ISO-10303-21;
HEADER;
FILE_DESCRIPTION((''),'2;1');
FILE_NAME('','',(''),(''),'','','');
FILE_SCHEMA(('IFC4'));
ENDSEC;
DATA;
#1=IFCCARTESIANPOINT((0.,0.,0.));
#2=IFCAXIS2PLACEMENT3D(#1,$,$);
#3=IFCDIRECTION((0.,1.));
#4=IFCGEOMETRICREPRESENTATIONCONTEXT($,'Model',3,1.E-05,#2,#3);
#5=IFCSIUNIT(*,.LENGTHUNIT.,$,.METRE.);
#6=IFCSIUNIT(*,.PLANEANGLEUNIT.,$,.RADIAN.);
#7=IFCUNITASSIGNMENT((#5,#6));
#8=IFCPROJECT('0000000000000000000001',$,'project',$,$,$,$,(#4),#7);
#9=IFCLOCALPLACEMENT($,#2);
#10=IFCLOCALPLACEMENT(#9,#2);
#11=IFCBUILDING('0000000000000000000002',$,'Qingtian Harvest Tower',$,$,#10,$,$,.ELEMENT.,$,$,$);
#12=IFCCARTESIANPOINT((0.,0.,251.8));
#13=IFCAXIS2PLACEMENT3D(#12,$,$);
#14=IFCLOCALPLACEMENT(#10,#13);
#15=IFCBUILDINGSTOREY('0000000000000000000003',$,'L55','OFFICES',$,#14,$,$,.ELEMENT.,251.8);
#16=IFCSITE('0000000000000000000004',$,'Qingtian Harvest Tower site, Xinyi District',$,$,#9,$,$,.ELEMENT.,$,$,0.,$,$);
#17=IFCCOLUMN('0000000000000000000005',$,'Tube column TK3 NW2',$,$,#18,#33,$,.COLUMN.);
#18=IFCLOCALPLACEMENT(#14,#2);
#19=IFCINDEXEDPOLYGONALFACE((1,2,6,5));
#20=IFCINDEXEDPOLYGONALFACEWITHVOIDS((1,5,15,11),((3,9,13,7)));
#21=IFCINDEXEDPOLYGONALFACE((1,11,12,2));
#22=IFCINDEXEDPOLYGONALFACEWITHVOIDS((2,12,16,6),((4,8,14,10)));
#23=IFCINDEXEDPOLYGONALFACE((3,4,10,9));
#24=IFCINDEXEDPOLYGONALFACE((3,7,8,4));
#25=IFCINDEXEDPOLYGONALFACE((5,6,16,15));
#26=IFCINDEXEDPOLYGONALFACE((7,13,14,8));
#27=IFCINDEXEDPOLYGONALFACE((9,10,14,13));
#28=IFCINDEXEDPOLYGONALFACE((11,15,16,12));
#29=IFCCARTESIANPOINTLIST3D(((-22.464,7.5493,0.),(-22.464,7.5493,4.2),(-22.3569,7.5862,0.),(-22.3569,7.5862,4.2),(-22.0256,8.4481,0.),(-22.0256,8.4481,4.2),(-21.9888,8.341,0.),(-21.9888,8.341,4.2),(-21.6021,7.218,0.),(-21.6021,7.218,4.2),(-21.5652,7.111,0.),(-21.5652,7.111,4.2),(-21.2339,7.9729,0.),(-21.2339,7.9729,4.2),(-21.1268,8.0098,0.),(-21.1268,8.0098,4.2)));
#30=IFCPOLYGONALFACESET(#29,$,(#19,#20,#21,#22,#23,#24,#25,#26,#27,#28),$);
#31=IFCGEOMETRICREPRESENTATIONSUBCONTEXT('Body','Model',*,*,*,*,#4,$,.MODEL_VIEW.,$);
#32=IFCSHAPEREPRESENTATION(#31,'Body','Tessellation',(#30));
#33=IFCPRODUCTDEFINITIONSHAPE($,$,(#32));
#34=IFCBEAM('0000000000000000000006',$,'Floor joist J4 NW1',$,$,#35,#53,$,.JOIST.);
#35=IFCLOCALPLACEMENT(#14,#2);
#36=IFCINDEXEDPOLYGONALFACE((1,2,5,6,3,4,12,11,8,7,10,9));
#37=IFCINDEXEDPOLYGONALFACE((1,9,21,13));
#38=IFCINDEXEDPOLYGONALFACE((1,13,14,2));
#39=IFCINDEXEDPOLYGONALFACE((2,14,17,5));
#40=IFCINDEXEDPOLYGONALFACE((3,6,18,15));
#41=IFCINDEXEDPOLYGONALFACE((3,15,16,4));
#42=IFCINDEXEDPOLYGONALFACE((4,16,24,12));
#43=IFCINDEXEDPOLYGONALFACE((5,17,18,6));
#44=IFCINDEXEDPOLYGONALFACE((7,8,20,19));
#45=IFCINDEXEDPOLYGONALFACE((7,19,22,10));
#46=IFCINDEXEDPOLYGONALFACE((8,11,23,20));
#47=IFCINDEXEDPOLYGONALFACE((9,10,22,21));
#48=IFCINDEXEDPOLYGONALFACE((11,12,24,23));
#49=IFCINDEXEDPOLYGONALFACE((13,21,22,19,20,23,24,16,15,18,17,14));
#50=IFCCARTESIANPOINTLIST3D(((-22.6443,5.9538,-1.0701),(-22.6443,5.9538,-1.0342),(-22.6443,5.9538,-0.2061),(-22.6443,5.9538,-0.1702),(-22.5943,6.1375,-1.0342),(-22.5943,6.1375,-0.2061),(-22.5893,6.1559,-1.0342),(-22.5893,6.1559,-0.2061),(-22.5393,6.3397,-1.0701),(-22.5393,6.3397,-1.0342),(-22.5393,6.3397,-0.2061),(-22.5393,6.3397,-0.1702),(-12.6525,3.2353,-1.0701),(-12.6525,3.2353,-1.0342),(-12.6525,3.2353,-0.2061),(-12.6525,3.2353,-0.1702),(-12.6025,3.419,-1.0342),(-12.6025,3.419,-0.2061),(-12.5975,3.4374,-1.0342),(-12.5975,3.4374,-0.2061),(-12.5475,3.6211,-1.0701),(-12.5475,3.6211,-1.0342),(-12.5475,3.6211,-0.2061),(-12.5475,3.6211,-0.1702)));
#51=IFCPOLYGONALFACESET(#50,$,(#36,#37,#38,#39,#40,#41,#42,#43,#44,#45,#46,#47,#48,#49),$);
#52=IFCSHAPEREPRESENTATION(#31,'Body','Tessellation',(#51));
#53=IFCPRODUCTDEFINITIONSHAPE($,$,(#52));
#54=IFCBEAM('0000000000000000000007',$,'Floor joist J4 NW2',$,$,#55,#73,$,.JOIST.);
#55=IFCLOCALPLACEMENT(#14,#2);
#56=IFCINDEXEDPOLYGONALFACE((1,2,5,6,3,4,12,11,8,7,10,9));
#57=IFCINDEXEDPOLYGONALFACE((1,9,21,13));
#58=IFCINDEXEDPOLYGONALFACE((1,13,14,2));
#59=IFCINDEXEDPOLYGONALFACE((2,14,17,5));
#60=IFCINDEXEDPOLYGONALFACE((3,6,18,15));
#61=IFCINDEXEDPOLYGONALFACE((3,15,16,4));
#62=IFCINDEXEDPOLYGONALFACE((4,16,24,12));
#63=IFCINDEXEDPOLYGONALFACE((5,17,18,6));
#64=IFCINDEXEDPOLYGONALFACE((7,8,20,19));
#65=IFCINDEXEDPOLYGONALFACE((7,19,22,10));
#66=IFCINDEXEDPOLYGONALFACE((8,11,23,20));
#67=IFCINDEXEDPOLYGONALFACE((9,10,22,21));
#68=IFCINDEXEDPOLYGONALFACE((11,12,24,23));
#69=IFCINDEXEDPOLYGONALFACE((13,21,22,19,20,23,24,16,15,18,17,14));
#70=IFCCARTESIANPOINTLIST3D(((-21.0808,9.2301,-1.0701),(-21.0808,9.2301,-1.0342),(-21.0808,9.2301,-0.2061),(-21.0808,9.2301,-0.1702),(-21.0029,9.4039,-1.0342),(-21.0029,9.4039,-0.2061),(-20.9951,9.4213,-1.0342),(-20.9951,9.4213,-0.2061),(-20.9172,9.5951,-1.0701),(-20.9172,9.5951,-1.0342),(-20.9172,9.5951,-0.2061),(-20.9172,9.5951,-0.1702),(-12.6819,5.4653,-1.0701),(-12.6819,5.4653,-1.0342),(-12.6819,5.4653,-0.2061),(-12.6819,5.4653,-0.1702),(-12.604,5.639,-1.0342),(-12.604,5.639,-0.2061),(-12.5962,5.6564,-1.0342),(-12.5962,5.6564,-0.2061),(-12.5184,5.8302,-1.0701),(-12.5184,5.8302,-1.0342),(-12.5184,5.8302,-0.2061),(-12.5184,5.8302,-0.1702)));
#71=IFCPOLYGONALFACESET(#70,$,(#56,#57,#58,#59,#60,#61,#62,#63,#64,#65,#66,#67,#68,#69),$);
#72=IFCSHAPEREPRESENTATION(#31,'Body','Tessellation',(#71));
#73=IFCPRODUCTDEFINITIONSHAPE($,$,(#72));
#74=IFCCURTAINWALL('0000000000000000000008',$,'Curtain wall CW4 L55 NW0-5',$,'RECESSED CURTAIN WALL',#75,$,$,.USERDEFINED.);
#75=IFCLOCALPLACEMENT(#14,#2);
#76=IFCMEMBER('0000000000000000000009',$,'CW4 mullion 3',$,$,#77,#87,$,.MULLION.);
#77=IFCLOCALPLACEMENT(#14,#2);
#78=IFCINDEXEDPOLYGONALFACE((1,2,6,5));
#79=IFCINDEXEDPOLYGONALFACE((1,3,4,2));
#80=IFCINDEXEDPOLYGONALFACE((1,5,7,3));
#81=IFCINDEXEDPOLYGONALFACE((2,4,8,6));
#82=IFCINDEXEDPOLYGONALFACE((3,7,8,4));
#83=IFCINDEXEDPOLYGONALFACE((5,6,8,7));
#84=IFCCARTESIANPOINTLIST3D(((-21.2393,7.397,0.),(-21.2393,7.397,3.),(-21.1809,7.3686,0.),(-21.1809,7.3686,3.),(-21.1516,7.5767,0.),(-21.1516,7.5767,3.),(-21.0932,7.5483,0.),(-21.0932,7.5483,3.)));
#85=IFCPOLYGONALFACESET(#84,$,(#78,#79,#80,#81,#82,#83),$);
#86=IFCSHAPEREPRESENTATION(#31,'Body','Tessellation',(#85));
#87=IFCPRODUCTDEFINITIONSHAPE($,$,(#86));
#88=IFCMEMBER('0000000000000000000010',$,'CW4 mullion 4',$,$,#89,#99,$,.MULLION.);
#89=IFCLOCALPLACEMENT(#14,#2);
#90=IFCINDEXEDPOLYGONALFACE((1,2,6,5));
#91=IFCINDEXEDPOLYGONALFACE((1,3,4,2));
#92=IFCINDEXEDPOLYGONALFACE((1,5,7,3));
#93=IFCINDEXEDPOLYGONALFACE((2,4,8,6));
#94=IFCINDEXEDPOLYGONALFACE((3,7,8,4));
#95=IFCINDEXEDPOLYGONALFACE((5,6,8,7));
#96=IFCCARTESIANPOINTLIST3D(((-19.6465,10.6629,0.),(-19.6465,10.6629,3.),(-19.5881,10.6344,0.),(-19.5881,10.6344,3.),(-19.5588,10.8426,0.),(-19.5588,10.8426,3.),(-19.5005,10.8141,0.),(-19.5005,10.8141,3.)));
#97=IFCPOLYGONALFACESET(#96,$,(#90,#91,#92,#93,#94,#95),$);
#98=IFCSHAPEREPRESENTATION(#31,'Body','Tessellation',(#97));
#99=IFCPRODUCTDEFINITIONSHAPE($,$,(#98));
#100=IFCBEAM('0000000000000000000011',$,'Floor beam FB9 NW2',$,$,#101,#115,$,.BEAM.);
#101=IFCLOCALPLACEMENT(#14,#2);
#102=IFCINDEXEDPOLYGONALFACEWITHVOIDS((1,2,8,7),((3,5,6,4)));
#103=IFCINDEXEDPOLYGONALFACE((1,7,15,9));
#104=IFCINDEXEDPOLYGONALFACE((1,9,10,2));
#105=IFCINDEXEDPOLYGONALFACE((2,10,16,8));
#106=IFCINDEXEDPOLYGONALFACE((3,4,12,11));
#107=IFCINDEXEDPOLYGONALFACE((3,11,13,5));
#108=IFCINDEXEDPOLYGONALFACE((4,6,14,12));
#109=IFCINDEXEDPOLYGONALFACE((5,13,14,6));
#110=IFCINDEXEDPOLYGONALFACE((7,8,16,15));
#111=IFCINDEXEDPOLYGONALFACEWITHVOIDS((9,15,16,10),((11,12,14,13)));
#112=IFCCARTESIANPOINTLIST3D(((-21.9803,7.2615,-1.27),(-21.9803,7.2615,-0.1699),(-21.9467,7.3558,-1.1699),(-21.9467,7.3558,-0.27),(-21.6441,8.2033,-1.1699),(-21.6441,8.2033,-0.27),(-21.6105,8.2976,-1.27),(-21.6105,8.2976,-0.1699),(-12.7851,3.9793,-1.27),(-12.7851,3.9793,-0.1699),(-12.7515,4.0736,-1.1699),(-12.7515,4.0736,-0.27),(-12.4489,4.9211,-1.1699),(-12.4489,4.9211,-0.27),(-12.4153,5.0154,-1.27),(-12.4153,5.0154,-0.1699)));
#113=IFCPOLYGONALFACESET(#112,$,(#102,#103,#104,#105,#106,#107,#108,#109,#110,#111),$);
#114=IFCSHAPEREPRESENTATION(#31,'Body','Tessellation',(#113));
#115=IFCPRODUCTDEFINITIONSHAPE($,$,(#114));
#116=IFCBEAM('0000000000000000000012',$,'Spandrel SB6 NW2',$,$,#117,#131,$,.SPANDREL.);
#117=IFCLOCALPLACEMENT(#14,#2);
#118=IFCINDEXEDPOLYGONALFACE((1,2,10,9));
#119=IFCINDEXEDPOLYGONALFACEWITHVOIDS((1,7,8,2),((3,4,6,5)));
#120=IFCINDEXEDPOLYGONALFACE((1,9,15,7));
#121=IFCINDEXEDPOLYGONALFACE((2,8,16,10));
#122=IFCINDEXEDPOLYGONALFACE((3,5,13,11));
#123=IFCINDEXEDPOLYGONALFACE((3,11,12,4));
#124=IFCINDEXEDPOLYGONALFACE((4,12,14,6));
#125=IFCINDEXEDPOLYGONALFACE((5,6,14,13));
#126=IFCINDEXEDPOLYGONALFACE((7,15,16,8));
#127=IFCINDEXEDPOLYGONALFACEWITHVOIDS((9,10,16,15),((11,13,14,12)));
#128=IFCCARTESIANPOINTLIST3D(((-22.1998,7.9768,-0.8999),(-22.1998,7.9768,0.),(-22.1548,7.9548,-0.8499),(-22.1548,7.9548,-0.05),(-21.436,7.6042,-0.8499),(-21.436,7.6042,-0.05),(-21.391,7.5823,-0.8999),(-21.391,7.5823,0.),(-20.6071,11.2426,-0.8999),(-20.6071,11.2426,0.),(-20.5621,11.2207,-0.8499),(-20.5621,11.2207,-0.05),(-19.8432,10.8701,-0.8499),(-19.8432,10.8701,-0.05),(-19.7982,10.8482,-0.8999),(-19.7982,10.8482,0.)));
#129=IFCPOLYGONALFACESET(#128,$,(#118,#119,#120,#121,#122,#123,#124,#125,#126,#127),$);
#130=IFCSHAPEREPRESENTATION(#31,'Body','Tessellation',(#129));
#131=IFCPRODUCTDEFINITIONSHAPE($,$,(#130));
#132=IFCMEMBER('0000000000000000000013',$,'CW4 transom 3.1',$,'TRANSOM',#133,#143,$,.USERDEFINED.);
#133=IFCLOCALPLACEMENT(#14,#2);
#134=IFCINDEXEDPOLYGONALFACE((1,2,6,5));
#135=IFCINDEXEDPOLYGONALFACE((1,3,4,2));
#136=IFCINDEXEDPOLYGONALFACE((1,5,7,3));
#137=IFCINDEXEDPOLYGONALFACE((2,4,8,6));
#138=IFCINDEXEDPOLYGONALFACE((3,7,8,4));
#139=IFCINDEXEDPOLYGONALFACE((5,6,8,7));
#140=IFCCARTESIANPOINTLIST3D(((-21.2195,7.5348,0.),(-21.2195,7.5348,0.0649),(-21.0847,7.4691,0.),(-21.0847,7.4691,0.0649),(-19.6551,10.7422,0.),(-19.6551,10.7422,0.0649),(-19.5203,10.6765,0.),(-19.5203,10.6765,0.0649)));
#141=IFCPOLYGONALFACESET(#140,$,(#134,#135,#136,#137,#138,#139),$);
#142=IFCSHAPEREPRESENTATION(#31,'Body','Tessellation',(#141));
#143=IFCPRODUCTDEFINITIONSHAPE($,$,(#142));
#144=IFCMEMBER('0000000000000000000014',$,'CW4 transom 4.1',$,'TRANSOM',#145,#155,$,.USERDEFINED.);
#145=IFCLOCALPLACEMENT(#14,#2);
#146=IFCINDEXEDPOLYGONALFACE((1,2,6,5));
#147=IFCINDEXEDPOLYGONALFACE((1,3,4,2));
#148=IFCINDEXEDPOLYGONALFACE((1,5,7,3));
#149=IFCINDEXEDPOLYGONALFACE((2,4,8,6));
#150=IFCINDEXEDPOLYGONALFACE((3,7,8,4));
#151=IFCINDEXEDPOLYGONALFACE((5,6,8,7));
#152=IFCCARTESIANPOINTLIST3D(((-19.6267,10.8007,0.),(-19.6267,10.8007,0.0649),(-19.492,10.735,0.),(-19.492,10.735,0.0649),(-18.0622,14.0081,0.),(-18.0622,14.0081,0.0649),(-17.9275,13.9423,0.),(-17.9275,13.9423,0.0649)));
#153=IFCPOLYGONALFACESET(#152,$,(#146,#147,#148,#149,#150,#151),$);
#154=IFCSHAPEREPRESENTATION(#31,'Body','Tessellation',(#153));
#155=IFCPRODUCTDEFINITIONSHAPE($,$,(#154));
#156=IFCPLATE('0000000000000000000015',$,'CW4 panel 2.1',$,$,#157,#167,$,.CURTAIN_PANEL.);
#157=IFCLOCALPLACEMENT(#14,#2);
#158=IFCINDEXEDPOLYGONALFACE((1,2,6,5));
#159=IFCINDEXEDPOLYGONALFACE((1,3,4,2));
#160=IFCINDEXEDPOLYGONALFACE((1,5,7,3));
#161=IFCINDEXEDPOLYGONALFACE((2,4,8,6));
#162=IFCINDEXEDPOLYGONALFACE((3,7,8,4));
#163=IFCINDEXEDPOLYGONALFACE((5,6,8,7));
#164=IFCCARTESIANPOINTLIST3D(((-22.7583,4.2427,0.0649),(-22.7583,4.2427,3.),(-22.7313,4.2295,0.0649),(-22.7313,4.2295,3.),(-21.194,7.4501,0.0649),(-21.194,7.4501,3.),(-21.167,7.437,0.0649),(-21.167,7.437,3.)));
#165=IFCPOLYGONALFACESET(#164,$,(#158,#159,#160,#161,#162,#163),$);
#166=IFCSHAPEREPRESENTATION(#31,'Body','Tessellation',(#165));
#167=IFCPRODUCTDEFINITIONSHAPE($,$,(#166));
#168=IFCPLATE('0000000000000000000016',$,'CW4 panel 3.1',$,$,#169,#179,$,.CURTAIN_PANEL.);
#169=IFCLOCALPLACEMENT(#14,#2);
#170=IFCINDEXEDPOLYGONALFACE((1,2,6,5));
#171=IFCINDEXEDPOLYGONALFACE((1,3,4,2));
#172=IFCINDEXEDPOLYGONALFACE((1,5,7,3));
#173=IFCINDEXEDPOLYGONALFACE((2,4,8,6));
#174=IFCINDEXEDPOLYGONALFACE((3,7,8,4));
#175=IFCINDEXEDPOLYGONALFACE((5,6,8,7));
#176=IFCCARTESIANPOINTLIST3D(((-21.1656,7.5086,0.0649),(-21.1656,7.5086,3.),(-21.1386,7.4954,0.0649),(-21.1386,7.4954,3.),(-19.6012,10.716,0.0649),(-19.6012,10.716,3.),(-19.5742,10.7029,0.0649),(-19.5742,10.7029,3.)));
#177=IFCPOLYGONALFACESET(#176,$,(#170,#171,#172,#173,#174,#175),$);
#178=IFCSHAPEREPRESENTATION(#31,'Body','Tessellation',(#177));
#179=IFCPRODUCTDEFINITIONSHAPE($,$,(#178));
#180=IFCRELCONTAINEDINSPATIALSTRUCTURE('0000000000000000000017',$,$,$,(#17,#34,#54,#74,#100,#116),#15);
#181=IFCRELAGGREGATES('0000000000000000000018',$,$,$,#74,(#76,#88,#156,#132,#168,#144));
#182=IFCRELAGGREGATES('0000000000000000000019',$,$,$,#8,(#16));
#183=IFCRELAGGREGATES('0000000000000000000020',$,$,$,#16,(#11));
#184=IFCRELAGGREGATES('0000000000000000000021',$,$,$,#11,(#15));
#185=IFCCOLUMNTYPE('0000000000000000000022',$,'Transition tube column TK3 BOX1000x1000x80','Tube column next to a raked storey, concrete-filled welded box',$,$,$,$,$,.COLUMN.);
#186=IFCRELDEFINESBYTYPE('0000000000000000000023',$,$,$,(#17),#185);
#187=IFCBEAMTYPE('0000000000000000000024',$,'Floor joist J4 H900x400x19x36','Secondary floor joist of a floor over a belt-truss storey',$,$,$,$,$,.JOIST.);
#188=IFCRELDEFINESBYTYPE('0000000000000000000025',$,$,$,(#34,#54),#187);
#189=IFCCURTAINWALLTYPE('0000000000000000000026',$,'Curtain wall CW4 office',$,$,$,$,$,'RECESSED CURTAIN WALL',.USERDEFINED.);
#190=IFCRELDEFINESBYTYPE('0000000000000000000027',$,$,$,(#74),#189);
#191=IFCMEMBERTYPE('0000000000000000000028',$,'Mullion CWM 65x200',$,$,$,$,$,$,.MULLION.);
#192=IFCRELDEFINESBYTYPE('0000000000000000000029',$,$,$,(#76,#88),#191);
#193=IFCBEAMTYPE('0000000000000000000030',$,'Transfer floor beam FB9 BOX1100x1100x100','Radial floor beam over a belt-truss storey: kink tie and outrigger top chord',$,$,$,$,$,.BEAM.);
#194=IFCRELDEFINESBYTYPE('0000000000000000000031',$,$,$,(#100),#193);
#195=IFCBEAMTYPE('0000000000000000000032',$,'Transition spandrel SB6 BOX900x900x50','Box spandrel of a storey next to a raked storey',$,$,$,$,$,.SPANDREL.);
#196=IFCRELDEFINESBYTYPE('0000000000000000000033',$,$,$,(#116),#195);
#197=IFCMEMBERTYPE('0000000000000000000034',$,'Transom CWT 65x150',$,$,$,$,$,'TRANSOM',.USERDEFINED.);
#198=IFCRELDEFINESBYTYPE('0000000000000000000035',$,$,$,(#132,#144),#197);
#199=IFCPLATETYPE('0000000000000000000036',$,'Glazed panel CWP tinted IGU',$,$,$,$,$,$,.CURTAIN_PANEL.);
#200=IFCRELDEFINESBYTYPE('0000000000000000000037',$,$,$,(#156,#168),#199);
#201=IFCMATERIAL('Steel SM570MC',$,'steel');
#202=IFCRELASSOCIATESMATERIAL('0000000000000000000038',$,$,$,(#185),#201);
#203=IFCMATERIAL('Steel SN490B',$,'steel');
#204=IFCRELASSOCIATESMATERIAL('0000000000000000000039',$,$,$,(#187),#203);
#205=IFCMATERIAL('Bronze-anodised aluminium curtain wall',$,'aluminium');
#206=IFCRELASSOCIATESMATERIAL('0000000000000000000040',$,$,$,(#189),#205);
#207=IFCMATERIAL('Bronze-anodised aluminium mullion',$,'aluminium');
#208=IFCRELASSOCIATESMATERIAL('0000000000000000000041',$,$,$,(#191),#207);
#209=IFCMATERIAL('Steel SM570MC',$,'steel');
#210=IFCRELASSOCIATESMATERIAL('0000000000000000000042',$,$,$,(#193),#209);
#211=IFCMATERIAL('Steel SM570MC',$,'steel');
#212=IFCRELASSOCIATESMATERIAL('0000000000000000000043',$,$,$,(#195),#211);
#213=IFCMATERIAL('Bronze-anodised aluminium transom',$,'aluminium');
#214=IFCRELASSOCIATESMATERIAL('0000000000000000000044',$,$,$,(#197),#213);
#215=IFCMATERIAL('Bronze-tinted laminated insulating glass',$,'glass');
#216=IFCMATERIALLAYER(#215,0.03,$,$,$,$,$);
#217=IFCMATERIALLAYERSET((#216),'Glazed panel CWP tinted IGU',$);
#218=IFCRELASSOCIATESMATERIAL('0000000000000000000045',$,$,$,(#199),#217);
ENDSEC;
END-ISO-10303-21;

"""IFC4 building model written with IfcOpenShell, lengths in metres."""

from ifc_helpers import new_model, si_unit, direction, frame, origin, origin_2d, place, context, subcontext, project, spatial, rectangle, hollow_rectangle, i_section, extrude, material, layer, layer_set, material_profile, profile_set, type_object, element, aggregate, save


model = new_model("IFC4")

# Units and contexts
model_context = context("Model", 3, precision=1e-05, world=origin(), true_north=direction((0.0, 1.0)))
body_context = subcontext(model_context, "Body", "Model", "MODEL_VIEW")
ifc_project = project(units=[si_unit("LENGTHUNIT", "METRE"), si_unit("PLANEANGLEUNIT", "RADIAN")], contexts=[model_context])

# Site, building, storey
site_placement = place(None, origin())
site = spatial("IfcSite", under=ifc_project, at=site_placement, Name="Qingtian Harvest Tower site, Xinyi District", CompositionType="ELEMENT", RefElevation=0.0)
building_placement = place(site_placement, origin())
building = spatial("IfcBuilding", under=site, at=building_placement, Name="Qingtian Harvest Tower", CompositionType="ELEMENT")
storey_placement = place(building_placement, frame((0.0, 0.0, 251.8)))
storey = spatial("IfcBuildingStorey", under=building, at=storey_placement, Name="L55", Description="OFFICES", CompositionType="ELEMENT", Elevation=251.8)

# Column
ifc_material_1 = material(Name="Steel SM570MC", Category="steel")
ifc_material_profile_1 = material_profile(ifc_material_1, hollow_rectangle(XDim=1.0, YDim=1.0, WallThickness=0.0801, at=origin_2d()), Name="BOX1000x1000x80")
ifc_profile_set_1 = profile_set([ifc_material_profile_1], Name="Steel SM570MC")
column_type = type_object("IfcColumnType", Name="Transition tube column TK3 BOX1000x1000x80", Description="Tube column next to a raked storey, concrete-filled welded box", PredefinedType="COLUMN", material=ifc_profile_set_1)
column_placement = place(storey_placement, frame((-21.7954, 7.7795, 0.0), z_axis=(0.0, 0.0, 1.0), x_axis=(-0.438371, -0.898794, 0.0)))
element("IfcColumn", 1, at=column_placement, inside=storey, type_object=column_type, Name="Tube column TK3 NW2", PredefinedType="COLUMN", context=body_context, shape_type="SweptSolid", body=[
    extrude(hollow_rectangle(XDim=1.0, YDim=1.0, WallThickness=0.0801, at=origin_2d()), origin(), (0.0, 0.0, 1.0), 4.2),
])

# Beams
ifc_material_2 = material(Name="Steel SN490B", Category="steel")
ifc_material_profile_2 = material_profile(ifc_material_2, i_section(OverallWidth=0.3999, OverallDepth=0.8999, WebThickness=0.019, FlangeThickness=0.0359, at=origin_2d()), Name="H900x400x19x36")
ifc_profile_set_2 = profile_set([ifc_material_profile_2], Name="Steel SN490B")
beam_type_1 = type_object("IfcBeamType", Name="Floor joist J4 H900x400x19x36", Description="Secondary floor joist of a floor over a belt-truss storey", PredefinedType="JOIST", material=ifc_profile_set_2)
beam_1_placement = place(storey_placement, frame((-22.5918, 6.1467, -0.6201), z_axis=(0.964923, -0.262533, 0.0), x_axis=(0.262533, 0.964923, 0.0)))
element("IfcBeam", 2, at=beam_1_placement, inside=storey, type_object=beam_type_1, Name="Floor joist J4 NW1", PredefinedType="JOIST", context=body_context, shape_type="SweptSolid", body=[
    extrude(i_section(OverallWidth=0.3999, OverallDepth=0.8999, WebThickness=0.019, FlangeThickness=0.0359, at=origin_2d()), origin(), (0.0, 0.0, 1.0), 10.355),
])
beam_2_placement = place(storey_placement, frame((-20.999, 9.4126, -0.6201), z_axis=(0.912515, -0.409043, 0.0), x_axis=(0.409043, 0.912515, 0.0)))
element("IfcBeam", 3, at=beam_2_placement, inside=storey, type_object=beam_type_1, Name="Floor joist J4 NW2", PredefinedType="JOIST", context=body_context, shape_type="SweptSolid", body=[
    extrude(i_section(OverallWidth=0.3999, OverallDepth=0.8999, WebThickness=0.019, FlangeThickness=0.0359, at=origin_2d()), origin(), (0.0, 0.0, 1.0), 9.2041),
])

# Curtain wall, members
ifc_material_3 = material(Name="Bronze-anodised aluminium curtain wall", Category="aluminium")
curtain_wall_type = type_object("IfcCurtainWallType", Name="Curtain wall CW4 office", ElementType="RECESSED CURTAIN WALL", PredefinedType="USERDEFINED", material=ifc_material_3)
curtain_wall_placement = place(storey_placement, origin())
curtain_wall = element("IfcCurtainWall", 4, at=curtain_wall_placement, inside=storey, type_object=curtain_wall_type, Name="Curtain wall CW4 L55 NW0-5", ObjectType="RECESSED CURTAIN WALL", PredefinedType="USERDEFINED")
ifc_material_4 = material(Name="Bronze-anodised aluminium mullion", Category="aluminium")
ifc_material_profile_3 = material_profile(ifc_material_4, rectangle(XDim=0.0649, YDim=0.2, at=origin_2d()), Name="AL 65x200")
ifc_profile_set_3 = profile_set([ifc_material_profile_3], Name="Bronze-anodised aluminium mullion")
member_type_1 = type_object("IfcMemberType", Name="Mullion CWM 65x200", PredefinedType="MULLION", material=ifc_profile_set_3)
member_1_placement = place(storey_placement, frame((-21.1663, 7.4727, 0.0), z_axis=(0.0, 0.0, 1.0), x_axis=(-0.898794, 0.438371, 0.0)))
member_1 = element("IfcMember", 5, at=member_1_placement, type_object=member_type_1, Name="CW4 mullion 3", PredefinedType="MULLION", context=body_context, shape_type="SweptSolid", body=[
    extrude(rectangle(XDim=0.0649, YDim=0.2, at=origin_2d()), origin(), (0.0, 0.0, 1.0), 3.0),
])
member_2_placement = place(storey_placement, frame((-19.5735, 10.7385, 0.0), z_axis=(0.0, 0.0, 1.0), x_axis=(-0.898794, 0.438371, 0.0)))
member_2 = element("IfcMember", 6, at=member_2_placement, type_object=member_type_1, Name="CW4 mullion 4", PredefinedType="MULLION", context=body_context, shape_type="SweptSolid", body=[
    extrude(rectangle(XDim=0.0649, YDim=0.2, at=origin_2d()), origin(), (0.0, 0.0, 1.0), 3.0),
])

# Beams
ifc_material_5 = material(Name="Steel SM570MC", Category="steel")
ifc_material_profile_4 = material_profile(ifc_material_5, hollow_rectangle(XDim=1.1001, YDim=1.1001, WallThickness=0.1001, at=origin_2d()), Name="BOX1100x1100x100")
ifc_profile_set_4 = profile_set([ifc_material_profile_4], Name="Steel SM570MC")
beam_type_2 = type_object("IfcBeamType", Name="Transfer floor beam FB9 BOX1100x1100x100", Description="Radial floor beam over a belt-truss storey: kink tie and outrigger top chord", PredefinedType="BEAM", material=ifc_profile_set_4)
beam_3_placement = place(storey_placement, frame((-21.7954, 7.7795, -0.72), z_axis=(0.941801, -0.336172, 0.0), x_axis=(0.336172, 0.941801, 0.0)))
element("IfcBeam", 7, at=beam_3_placement, inside=storey, type_object=beam_type_2, Name="Floor beam FB9 NW2", PredefinedType="BEAM", context=body_context, shape_type="SweptSolid", body=[
    extrude(hollow_rectangle(XDim=1.1001, YDim=1.1001, WallThickness=0.1001, at=origin_2d()), origin(), (0.0, 0.0, 1.0), 9.7634),
])
ifc_material_6 = material(Name="Steel SM570MC", Category="steel")
ifc_material_profile_5 = material_profile(ifc_material_6, hollow_rectangle(XDim=0.8999, YDim=0.8999, WallThickness=0.05, at=origin_2d()), Name="BOX900x900x50")
ifc_profile_set_5 = profile_set([ifc_material_profile_5], Name="Steel SM570MC")
beam_type_3 = type_object("IfcBeamType", Name="Transition spandrel SB6 BOX900x900x50", Description="Box spandrel of a storey next to a raked storey", PredefinedType="SPANDREL", material=ifc_profile_set_5)
beam_4_placement = place(storey_placement, frame((-21.7954, 7.7795, -0.45), z_axis=(0.438349, 0.898805, 0.0), x_axis=(-0.898805, 0.438349, 0.0)))
element("IfcBeam", 8, at=beam_4_placement, inside=storey, type_object=beam_type_3, Name="Spandrel SB6 NW2", PredefinedType="SPANDREL", context=body_context, shape_type="SweptSolid", body=[
    extrude(hollow_rectangle(XDim=0.8999, YDim=0.8999, WallThickness=0.05, at=origin_2d()), origin(), (0.0, 0.0, 1.0), 3.6335),
])

# Members
ifc_material_7 = material(Name="Bronze-anodised aluminium transom", Category="aluminium")
ifc_material_profile_6 = material_profile(ifc_material_7, rectangle(XDim=0.1499, YDim=0.0649, at=origin_2d()), Name="AL 65x150")
ifc_profile_set_6 = profile_set([ifc_material_profile_6], Name="Bronze-anodised aluminium transom")
member_type_2 = type_object("IfcMemberType", Name="Transom CWT 65x150", ElementType="TRANSOM", PredefinedType="USERDEFINED", material=ifc_profile_set_6)
member_3_placement = place(storey_placement, frame((-21.1521, 7.502, 0.0325), z_axis=(0.438381, 0.898789, 0.0), x_axis=(-0.898789, 0.438381, 0.0)))
member_3 = element("IfcMember", 9, at=member_3_placement, type_object=member_type_2, Name="CW4 transom 3.1", ObjectType="TRANSOM", PredefinedType="USERDEFINED", context=body_context, shape_type="SweptSolid", body=[
    extrude(rectangle(XDim=0.1499, YDim=0.0649, at=origin_2d()), origin(), (0.0, 0.0, 1.0), 3.5686),
])
member_4_placement = place(storey_placement, frame((-19.5593, 10.7678, 0.0325), z_axis=(0.438407, 0.898776, 0.0), x_axis=(-0.898776, 0.438407, 0.0)))
member_4 = element("IfcMember", 10, at=member_4_placement, type_object=member_type_2, Name="CW4 transom 4.1", ObjectType="TRANSOM", PredefinedType="USERDEFINED", context=body_context, shape_type="SweptSolid", body=[
    extrude(rectangle(XDim=0.1499, YDim=0.0649, at=origin_2d()), origin(), (0.0, 0.0, 1.0), 3.5686),
])

# Plates
ifc_material_8 = material(Name="Bronze-tinted laminated insulating glass", Category="glass")
ifc_layer_1 = layer(ifc_material_8, 0.03)
ifc_layer_set_1 = layer_set([ifc_layer_1], Name="Glazed panel CWP tinted IGU")
plate_type = type_object("IfcPlateType", Name="Glazed panel CWP tinted IGU", PredefinedType="CURTAIN_PANEL", material=ifc_layer_set_1)
plate_1_placement = place(storey_placement, frame((-21.9626, 5.8398, 0.0649), z_axis=(0.0, 0.0, 1.0), x_axis=(0.438371, 0.898794, 0.0)))
plate_1 = element("IfcPlate", 11, at=plate_1_placement, type_object=plate_type, Name="CW4 panel 2.1", PredefinedType="CURTAIN_PANEL", context=body_context, shape_type="SweptSolid", body=[
    extrude(rectangle(XDim=3.5686, YDim=0.03, at=origin_2d()), origin(), (0.0, 0.0, 1.0), 2.9351),
])
plate_2_placement = place(storey_placement, frame((-20.3699, 9.1057, 0.0649), z_axis=(0.0, 0.0, 1.0), x_axis=(0.438371, 0.898794, 0.0)))
plate_2 = element("IfcPlate", 12, at=plate_2_placement, type_object=plate_type, Name="CW4 panel 3.1", PredefinedType="CURTAIN_PANEL", context=body_context, shape_type="SweptSolid", body=[
    extrude(rectangle(XDim=3.5686, YDim=0.03, at=origin_2d()), origin(), (0.0, 0.0, 1.0), 2.9351),
])
aggregate(curtain_wall, [member_1, member_2, plate_1, member_3, plate_2, member_4])

save(model, "model.ifc")
